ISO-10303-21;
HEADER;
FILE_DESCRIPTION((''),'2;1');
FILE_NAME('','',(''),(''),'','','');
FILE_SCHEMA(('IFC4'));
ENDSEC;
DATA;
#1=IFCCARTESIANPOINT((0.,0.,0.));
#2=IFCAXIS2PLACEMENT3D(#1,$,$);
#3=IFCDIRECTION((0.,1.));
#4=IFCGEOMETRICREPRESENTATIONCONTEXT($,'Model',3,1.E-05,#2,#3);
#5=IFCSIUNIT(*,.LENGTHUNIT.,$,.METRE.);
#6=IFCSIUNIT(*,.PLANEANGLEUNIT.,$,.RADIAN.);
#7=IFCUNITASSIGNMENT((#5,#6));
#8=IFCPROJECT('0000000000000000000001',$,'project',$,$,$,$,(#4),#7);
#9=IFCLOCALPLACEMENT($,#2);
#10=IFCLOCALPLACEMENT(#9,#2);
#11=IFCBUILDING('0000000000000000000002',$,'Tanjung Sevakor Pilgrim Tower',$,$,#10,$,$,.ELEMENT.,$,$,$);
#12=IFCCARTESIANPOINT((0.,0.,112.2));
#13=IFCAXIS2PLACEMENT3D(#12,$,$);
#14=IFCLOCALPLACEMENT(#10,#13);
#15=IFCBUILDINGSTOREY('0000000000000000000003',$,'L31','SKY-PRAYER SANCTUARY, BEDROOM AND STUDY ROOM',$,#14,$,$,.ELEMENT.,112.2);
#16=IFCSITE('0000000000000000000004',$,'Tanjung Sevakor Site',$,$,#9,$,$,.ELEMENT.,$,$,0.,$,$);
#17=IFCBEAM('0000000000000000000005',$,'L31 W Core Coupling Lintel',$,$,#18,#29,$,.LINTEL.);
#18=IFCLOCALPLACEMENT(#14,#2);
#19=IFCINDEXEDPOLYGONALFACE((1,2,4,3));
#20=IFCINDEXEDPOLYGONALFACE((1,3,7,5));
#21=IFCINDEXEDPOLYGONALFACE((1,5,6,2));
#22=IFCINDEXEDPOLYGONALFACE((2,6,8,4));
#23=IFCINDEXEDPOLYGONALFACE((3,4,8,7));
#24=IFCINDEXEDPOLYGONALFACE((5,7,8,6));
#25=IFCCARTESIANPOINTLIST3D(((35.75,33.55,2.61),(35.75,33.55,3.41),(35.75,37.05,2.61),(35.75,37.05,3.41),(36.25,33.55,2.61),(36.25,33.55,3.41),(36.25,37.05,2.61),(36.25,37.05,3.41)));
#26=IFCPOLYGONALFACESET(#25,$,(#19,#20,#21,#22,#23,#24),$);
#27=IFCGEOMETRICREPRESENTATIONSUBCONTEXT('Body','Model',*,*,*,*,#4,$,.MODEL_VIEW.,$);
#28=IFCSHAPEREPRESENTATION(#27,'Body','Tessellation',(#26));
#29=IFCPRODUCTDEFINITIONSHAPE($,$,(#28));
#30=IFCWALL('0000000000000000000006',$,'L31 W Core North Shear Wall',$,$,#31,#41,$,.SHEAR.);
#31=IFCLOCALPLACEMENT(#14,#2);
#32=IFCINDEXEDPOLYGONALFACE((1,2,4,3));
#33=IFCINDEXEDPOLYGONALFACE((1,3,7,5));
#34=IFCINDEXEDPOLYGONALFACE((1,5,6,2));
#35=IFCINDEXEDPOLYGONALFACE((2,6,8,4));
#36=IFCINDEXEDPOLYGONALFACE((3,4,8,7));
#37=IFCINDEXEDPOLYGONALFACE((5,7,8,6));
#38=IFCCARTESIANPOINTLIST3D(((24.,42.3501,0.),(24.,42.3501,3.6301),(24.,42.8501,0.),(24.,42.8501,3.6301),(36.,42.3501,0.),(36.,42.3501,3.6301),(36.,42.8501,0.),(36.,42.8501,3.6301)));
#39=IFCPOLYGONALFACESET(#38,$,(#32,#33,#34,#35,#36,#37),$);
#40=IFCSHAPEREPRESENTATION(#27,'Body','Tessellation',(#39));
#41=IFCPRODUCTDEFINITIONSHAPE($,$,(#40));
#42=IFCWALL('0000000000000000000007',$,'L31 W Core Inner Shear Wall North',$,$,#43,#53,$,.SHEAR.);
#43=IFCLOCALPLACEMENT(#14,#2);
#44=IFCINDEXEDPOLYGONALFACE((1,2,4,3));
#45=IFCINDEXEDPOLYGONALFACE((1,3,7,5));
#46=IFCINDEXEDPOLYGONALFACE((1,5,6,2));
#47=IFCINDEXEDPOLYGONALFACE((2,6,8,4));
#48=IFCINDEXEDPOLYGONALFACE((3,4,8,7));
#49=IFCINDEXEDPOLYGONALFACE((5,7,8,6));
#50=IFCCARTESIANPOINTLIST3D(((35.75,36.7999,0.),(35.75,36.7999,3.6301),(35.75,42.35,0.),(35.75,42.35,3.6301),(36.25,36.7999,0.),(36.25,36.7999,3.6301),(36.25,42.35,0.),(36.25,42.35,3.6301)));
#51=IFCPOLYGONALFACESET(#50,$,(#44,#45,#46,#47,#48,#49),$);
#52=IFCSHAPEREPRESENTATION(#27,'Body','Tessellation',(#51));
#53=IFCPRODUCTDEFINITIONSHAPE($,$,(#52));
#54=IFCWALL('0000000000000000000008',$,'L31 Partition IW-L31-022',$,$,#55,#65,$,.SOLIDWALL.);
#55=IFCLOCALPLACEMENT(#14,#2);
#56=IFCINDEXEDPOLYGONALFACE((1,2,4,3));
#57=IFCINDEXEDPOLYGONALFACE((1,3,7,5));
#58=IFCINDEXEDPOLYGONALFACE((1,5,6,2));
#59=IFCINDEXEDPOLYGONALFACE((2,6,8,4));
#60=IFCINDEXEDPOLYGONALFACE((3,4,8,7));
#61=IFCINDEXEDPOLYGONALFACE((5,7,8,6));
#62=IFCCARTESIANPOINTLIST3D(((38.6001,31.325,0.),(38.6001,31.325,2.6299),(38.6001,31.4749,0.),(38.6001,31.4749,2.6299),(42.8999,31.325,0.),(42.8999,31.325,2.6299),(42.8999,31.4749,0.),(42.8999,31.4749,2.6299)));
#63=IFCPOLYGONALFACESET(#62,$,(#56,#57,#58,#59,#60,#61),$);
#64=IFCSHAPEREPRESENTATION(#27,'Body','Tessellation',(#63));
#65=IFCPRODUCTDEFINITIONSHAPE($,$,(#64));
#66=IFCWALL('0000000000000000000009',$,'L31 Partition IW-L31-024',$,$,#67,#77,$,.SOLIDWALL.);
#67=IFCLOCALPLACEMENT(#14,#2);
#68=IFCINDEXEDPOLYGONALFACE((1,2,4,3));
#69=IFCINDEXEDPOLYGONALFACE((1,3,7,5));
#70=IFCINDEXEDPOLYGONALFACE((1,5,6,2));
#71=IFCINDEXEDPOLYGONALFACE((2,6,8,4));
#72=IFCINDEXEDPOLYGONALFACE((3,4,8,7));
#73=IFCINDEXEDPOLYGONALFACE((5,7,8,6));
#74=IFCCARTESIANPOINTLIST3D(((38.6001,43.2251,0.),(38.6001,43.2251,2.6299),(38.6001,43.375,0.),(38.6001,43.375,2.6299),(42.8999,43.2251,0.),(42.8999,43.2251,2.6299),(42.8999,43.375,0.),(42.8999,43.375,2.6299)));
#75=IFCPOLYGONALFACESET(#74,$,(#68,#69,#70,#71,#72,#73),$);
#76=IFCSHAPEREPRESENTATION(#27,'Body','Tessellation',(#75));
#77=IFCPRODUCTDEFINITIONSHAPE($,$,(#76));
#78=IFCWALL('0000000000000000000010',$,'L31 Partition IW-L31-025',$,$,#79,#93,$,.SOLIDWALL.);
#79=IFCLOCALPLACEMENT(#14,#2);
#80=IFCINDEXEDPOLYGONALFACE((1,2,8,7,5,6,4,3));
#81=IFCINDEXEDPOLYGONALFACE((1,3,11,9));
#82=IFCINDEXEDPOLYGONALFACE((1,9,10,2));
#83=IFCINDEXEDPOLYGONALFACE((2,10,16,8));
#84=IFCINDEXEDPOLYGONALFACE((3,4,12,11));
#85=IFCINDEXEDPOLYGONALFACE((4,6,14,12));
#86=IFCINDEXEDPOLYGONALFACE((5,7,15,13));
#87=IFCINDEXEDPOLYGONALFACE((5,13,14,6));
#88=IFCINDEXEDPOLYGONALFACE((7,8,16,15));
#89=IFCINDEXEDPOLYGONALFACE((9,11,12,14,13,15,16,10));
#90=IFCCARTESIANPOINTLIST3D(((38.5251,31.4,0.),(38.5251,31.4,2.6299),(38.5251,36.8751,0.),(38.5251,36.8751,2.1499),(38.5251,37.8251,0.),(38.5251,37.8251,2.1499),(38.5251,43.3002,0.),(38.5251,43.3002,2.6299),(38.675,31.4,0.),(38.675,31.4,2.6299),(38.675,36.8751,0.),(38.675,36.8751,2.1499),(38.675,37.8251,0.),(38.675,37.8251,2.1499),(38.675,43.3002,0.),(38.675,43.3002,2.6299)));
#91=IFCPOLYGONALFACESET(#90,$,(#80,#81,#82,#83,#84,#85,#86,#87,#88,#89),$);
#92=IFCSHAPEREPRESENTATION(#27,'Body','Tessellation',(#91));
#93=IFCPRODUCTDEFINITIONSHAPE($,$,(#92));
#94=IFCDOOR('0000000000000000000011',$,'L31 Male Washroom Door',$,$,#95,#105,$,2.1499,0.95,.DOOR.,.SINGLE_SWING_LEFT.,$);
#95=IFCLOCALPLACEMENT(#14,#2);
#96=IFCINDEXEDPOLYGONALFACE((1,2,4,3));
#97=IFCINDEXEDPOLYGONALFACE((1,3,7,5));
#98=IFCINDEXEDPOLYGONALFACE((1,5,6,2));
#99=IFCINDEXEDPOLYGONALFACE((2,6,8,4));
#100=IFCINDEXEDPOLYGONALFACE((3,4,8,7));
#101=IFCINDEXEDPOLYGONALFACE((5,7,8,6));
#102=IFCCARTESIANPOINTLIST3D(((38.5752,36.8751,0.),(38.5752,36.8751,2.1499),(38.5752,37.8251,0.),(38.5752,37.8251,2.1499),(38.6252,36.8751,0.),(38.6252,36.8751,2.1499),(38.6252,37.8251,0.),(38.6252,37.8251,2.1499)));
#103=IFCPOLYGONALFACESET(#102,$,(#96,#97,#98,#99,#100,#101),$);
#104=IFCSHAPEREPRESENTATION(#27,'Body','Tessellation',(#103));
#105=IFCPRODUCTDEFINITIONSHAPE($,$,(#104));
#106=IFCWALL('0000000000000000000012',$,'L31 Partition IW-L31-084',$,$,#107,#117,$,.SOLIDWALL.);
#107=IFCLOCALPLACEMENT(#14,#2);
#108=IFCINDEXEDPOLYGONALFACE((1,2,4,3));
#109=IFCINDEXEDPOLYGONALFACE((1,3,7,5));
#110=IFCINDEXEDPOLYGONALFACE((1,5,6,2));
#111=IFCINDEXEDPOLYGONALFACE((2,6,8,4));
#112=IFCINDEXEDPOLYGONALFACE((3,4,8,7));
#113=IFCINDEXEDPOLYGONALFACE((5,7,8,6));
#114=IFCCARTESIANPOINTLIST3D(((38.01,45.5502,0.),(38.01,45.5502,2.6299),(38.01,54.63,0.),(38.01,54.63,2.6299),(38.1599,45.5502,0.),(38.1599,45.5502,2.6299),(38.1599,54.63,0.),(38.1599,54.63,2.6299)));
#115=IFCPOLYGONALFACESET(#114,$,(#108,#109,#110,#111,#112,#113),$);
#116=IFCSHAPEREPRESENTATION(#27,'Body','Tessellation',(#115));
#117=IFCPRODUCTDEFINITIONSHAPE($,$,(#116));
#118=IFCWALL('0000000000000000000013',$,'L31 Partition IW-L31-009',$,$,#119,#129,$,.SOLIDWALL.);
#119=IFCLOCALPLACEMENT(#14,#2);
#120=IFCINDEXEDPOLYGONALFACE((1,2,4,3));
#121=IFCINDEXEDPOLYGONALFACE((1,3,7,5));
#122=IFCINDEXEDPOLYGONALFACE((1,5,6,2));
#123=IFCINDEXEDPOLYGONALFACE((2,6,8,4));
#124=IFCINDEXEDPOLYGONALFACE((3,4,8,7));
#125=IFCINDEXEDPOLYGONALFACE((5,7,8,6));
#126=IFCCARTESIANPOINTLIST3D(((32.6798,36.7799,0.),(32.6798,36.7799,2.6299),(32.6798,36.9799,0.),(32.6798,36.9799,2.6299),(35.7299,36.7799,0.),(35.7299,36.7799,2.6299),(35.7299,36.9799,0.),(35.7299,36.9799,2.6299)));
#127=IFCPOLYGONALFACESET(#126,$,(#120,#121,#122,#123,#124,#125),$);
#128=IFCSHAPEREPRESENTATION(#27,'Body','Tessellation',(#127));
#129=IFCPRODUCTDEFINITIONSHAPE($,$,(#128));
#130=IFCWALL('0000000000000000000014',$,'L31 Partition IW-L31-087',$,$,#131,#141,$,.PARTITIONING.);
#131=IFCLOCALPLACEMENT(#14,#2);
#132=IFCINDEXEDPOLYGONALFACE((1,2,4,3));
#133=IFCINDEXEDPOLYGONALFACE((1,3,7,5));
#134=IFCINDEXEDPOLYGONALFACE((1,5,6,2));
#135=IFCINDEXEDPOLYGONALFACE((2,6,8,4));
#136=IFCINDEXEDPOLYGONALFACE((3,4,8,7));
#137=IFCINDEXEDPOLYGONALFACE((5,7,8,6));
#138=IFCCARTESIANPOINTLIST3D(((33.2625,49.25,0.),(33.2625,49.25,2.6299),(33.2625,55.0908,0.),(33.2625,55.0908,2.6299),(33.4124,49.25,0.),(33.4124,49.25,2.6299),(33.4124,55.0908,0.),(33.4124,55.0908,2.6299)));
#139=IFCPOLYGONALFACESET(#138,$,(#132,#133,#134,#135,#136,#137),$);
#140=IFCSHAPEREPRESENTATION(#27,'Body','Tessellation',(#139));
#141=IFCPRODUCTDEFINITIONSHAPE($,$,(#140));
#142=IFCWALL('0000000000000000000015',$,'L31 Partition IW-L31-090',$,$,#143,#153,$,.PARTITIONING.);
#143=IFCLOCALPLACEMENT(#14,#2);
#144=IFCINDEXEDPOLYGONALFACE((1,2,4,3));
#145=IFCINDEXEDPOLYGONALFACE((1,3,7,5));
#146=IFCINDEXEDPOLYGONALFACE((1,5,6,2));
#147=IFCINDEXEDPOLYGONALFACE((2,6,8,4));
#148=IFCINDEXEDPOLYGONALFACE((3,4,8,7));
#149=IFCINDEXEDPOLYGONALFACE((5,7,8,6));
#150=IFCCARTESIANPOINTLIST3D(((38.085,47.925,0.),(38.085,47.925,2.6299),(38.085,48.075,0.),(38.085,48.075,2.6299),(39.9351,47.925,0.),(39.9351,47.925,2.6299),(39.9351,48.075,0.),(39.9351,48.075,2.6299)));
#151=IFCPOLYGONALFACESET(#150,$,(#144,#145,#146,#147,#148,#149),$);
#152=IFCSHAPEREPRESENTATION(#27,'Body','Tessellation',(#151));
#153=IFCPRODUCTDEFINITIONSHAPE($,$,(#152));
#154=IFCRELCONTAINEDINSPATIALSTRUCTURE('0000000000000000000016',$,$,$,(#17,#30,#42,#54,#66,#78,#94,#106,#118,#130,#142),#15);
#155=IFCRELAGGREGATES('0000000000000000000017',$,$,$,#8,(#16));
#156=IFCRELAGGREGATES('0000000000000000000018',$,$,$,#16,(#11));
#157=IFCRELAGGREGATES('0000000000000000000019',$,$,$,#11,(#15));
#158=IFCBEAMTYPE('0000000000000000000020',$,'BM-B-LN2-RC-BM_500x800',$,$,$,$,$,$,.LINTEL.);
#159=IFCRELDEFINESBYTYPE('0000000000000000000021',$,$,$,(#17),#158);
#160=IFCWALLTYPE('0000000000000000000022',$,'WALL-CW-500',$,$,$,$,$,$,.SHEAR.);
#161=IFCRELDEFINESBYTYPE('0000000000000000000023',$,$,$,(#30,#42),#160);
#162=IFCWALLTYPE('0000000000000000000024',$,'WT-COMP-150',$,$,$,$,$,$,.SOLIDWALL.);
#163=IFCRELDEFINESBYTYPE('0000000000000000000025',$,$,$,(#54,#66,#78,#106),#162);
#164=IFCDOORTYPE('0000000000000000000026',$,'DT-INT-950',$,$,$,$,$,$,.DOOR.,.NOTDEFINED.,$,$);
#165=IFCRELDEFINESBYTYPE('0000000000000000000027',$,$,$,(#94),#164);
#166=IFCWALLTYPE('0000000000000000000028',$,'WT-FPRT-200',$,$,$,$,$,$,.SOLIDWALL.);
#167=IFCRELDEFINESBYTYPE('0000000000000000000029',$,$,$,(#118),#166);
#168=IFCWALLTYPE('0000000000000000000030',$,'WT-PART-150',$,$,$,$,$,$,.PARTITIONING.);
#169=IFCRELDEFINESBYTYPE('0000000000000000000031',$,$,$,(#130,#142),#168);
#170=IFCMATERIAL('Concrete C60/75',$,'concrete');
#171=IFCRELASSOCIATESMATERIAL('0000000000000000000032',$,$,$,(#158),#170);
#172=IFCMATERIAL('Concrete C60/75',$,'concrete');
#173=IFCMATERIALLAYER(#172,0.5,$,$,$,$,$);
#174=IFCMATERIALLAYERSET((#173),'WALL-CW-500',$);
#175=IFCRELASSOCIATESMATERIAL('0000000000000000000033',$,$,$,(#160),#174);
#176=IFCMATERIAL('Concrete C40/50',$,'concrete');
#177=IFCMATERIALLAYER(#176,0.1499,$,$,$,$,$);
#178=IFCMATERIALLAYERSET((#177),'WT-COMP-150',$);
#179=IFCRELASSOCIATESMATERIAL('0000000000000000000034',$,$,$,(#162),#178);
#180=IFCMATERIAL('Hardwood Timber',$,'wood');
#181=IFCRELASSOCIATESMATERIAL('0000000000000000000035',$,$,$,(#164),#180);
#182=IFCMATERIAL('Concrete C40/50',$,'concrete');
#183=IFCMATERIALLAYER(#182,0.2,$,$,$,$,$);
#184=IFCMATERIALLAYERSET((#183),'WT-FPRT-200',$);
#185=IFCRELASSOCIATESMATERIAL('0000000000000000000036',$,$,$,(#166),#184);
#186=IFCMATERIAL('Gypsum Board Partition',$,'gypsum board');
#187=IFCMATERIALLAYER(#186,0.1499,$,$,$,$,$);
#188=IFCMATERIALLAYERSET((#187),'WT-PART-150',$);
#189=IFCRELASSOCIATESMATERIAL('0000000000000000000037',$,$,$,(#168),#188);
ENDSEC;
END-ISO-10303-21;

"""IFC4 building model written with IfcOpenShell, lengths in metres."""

from ifc_helpers import new_model, si_unit, direction, frame, frame_2d, origin, origin_2d, place, context, subcontext, project, spatial, rectangle, extrude, material, layer, layer_set, material_profile, profile_set, type_object, element, fill, save


model = new_model("IFC4")

# Units and contexts
model_context = context("Model", 3, precision=1e-05, world=origin(), true_north=direction((0.0, 1.0)))
body_context = subcontext(model_context, "Body", "Model", "MODEL_VIEW")
ifc_project = project(units=[si_unit("LENGTHUNIT", "METRE"), si_unit("PLANEANGLEUNIT", "RADIAN")], contexts=[model_context])

# Site, building, storey
site_placement = place(None, origin())
site = spatial("IfcSite", under=ifc_project, at=site_placement, Name="Tanjung Sevakor Site", CompositionType="ELEMENT", RefElevation=0.0)
building_placement = place(site_placement, origin())
building = spatial("IfcBuilding", under=site, at=building_placement, Name="Tanjung Sevakor Pilgrim Tower", CompositionType="ELEMENT")
storey_placement = place(building_placement, frame((0.0, 0.0, 112.2)))
storey = spatial("IfcBuildingStorey", under=building, at=storey_placement, Name="L31", Description="SKY-PRAYER SANCTUARY, BEDROOM AND STUDY ROOM", CompositionType="ELEMENT", Elevation=112.2)

# Beam
ifc_material_1 = material(Name="Concrete C60/75", Category="concrete")
ifc_material_profile_1 = material_profile(ifc_material_1, rectangle(XDim=0.5, YDim=0.8, at=origin_2d()))
ifc_profile_set_1 = profile_set([ifc_material_profile_1], Name="Concrete C60/75")
beam_type_1 = type_object("IfcBeamType", Name="BM-B-LN2-RC-BM_500x800", PredefinedType="LINTEL", material=ifc_profile_set_1)
beam_1_placement = place(storey_placement, frame((36.0, 33.55, 3.01), z_axis=(0.0, 1.0, 0.0), x_axis=(-1.0, 0.0, 0.0)))
element("IfcBeam", 1, at=beam_1_placement, inside=storey, type_object=beam_type_1, Name="L31 W Core Coupling Lintel", PredefinedType="LINTEL", context=body_context, shape_type="SweptSolid", body=[
    extrude(rectangle(XDim=0.5, YDim=0.8, at=origin_2d()), origin(), (0.0, 0.0, 1.0), 3.5),
])

# Walls
ifc_material_2 = material(Name="Concrete C60/75", Category="concrete")
ifc_layer_1 = layer(ifc_material_2, 0.5)
ifc_layer_set_1 = layer_set([ifc_layer_1], Name="WALL-CW-500")
wall_type_1 = type_object("IfcWallType", Name="WALL-CW-500", PredefinedType="SHEAR", material=ifc_layer_set_1)
wall_1_placement = place(storey_placement, frame((36.0, 42.6001, 0.0), z_axis=(0.0, 0.0, 1.0), x_axis=(-1.0, 0.0, 0.0)))
element("IfcWall", 2, at=wall_1_placement, inside=storey, type_object=wall_type_1, Name="L31 W Core North Shear Wall", PredefinedType="SHEAR", context=body_context, shape_type="SweptSolid", body=[
    extrude(rectangle(XDim=12.0, YDim=0.5, at=frame_2d((6.0, 0.0))), origin(), (0.0, 0.0, 1.0), 3.6301),
])
wall_2_placement = place(storey_placement, frame((36.0, 36.8, 0.0), z_axis=(0.0, 0.0, 1.0), x_axis=(0.0, 1.0, 0.0)))
element("IfcWall", 3, at=wall_2_placement, inside=storey, type_object=wall_type_1, Name="L31 W Core Inner Shear Wall North", PredefinedType="SHEAR", context=body_context, shape_type="SweptSolid", body=[
    extrude(rectangle(XDim=5.55, YDim=0.5, at=frame_2d((2.7749, 0.0))), origin(), (0.0, 0.0, 1.0), 3.6301),
])
ifc_material_3 = material(Name="Concrete C40/50", Category="concrete")
ifc_layer_2 = layer(ifc_material_3, 0.1499)
ifc_layer_set_2 = layer_set([ifc_layer_2], Name="WT-COMP-150")
wall_type_2 = type_object("IfcWallType", Name="WT-COMP-150", PredefinedType="SOLIDWALL", material=ifc_layer_set_2)
for number, where, z_axis, x_axis, name in (
    (4, (38.6001, 31.3999, 0.0), (0.0, 0.0, 1.0), (1.0, 0.0, 0.0), "L31 Partition IW-L31-022"),
    (5, (38.6001, 43.3, 0.0), (0.0, 0.0, 1.0), (1.0, 0.0, 0.0), "L31 Partition IW-L31-024"),
):
    element("IfcWall", number, at=place(storey_placement, frame(where, z_axis=z_axis, x_axis=x_axis)), inside=storey, type_object=wall_type_2, Name=name, PredefinedType="SOLIDWALL", context=body_context, shape_type="SweptSolid", body=[
        extrude(rectangle(XDim=4.2998, YDim=0.1499, at=frame_2d((2.1499, 0.0))), origin(), (0.0, 0.0, 1.0), 2.6299),
    ])

# Wall, opening, door
wall_3_placement = place(storey_placement, frame((38.6001, 31.3999, 0.0), z_axis=(0.0, 0.0, 1.0), x_axis=(0.0, 1.0, 0.0)))
wall_3 = element("IfcWall", 6, at=wall_3_placement, inside=storey, type_object=wall_type_2, Name="L31 Partition IW-L31-025", PredefinedType="SOLIDWALL", context=body_context, shape_type="SweptSolid", body=[
    extrude(rectangle(XDim=11.9001, YDim=0.1499, at=frame_2d((5.9502, 0.0))), origin(), (0.0, 0.0, 1.0), 2.6299),
])
opening_1_placement = place(wall_3_placement, frame((5.4751, 0.0, 0.0)))
opening_1 = element("IfcOpeningElement", 7, at=opening_1_placement, cuts=wall_3, PredefinedType="OPENING", context=body_context, shape_type="SweptSolid", body=[
    extrude(rectangle(XDim=0.95, YDim=2.1499, at=frame_2d((0.4751, 1.075))), frame((0.0, 0.085, 0.0), z_axis=(0.0, -1.0, 0.0), x_axis=(1.0, 0.0, 0.0)), (0.0, 0.0, 1.0), 0.1699),
])
ifc_material_4 = material(Name="Hardwood Timber", Category="wood")
door_type_1 = type_object("IfcDoorType", Name="DT-INT-950", OperationType="NOTDEFINED", PredefinedType="DOOR", material=ifc_material_4)
door_1_placement = place(opening_1_placement, origin())
door_1 = element("IfcDoor", 8, at=door_1_placement, inside=storey, type_object=door_type_1, Name="L31 Male Washroom Door", OperationType="SINGLE_SWING_LEFT", OverallHeight=2.1499, OverallWidth=0.95, PredefinedType="DOOR", context=body_context, shape_type="SweptSolid", body=[
    extrude(rectangle(XDim=0.95, YDim=2.1499, at=frame_2d((0.4751, 1.075))), frame((0.0, 0.0249, 0.0), z_axis=(0.0, -1.0, 0.0), x_axis=(1.0, 0.0, 0.0)), (0.0, 0.0, 1.0), 0.05),
])
fill(opening_1, door_1)

# Wall
wall_4_placement = place(storey_placement, frame((38.085, 45.55, 0.0), z_axis=(0.0, 0.0, 1.0), x_axis=(0.0, 1.0, 0.0)))
element("IfcWall", 9, at=wall_4_placement, inside=storey, type_object=wall_type_2, Name="L31 Partition IW-L31-084", PredefinedType="SOLIDWALL", context=body_context, shape_type="SweptSolid", body=[
    extrude(rectangle(XDim=9.0798, YDim=0.1499, at=frame_2d((4.54, 0.0))), origin(), (0.0, 0.0, 1.0), 2.6299),
])

# Walls
ifc_material_5 = material(Name="Concrete C40/50", Category="concrete")
ifc_layer_3 = layer(ifc_material_5, 0.2)
ifc_layer_set_3 = layer_set([ifc_layer_3], Name="WT-FPRT-200")
wall_type_3 = type_object("IfcWallType", Name="WT-FPRT-200", PredefinedType="SOLIDWALL", material=ifc_layer_set_3)
wall_5_placement = place(storey_placement, frame((32.6799, 36.8799, 0.0), z_axis=(0.0, 0.0, 1.0), x_axis=(1.0, 0.0, 0.0)))
element("IfcWall", 10, at=wall_5_placement, inside=storey, type_object=wall_type_3, Name="L31 Partition IW-L31-009", PredefinedType="SOLIDWALL", context=body_context, shape_type="SweptSolid", body=[
    extrude(rectangle(XDim=3.05, YDim=0.2, at=frame_2d((1.5249, 0.0))), origin(), (0.0, 0.0, 1.0), 2.6299),
])
ifc_material_6 = material(Name="Gypsum Board Partition", Category="gypsum board")
ifc_layer_4 = layer(ifc_material_6, 0.1499)
ifc_layer_set_4 = layer_set([ifc_layer_4], Name="WT-PART-150")
wall_type_4 = type_object("IfcWallType", Name="WT-PART-150", PredefinedType="PARTITIONING", material=ifc_layer_set_4)
wall_6_placement = place(storey_placement, frame((33.3374, 49.25, 0.0), z_axis=(0.0, 0.0, 1.0), x_axis=(0.0, 1.0, 0.0)))
element("IfcWall", 11, at=wall_6_placement, inside=storey, type_object=wall_type_4, Name="L31 Partition IW-L31-087", PredefinedType="PARTITIONING", context=body_context, shape_type="SweptSolid", body=[
    extrude(rectangle(XDim=5.8408, YDim=0.1499, at=frame_2d((2.9204, 0.0))), origin(), (0.0, 0.0, 1.0), 2.6299),
])
wall_7_placement = place(storey_placement, frame((38.085, 48.0, 0.0), z_axis=(0.0, 0.0, 1.0), x_axis=(1.0, 0.0, 0.0)))
element("IfcWall", 12, at=wall_7_placement, inside=storey, type_object=wall_type_4, Name="L31 Partition IW-L31-090", PredefinedType="PARTITIONING", context=body_context, shape_type="SweptSolid", body=[
    extrude(rectangle(XDim=1.8501, YDim=0.1499, at=frame_2d((0.925, 0.0))), origin(), (0.0, 0.0, 1.0), 2.6299),
])

save(model, "model.ifc")
